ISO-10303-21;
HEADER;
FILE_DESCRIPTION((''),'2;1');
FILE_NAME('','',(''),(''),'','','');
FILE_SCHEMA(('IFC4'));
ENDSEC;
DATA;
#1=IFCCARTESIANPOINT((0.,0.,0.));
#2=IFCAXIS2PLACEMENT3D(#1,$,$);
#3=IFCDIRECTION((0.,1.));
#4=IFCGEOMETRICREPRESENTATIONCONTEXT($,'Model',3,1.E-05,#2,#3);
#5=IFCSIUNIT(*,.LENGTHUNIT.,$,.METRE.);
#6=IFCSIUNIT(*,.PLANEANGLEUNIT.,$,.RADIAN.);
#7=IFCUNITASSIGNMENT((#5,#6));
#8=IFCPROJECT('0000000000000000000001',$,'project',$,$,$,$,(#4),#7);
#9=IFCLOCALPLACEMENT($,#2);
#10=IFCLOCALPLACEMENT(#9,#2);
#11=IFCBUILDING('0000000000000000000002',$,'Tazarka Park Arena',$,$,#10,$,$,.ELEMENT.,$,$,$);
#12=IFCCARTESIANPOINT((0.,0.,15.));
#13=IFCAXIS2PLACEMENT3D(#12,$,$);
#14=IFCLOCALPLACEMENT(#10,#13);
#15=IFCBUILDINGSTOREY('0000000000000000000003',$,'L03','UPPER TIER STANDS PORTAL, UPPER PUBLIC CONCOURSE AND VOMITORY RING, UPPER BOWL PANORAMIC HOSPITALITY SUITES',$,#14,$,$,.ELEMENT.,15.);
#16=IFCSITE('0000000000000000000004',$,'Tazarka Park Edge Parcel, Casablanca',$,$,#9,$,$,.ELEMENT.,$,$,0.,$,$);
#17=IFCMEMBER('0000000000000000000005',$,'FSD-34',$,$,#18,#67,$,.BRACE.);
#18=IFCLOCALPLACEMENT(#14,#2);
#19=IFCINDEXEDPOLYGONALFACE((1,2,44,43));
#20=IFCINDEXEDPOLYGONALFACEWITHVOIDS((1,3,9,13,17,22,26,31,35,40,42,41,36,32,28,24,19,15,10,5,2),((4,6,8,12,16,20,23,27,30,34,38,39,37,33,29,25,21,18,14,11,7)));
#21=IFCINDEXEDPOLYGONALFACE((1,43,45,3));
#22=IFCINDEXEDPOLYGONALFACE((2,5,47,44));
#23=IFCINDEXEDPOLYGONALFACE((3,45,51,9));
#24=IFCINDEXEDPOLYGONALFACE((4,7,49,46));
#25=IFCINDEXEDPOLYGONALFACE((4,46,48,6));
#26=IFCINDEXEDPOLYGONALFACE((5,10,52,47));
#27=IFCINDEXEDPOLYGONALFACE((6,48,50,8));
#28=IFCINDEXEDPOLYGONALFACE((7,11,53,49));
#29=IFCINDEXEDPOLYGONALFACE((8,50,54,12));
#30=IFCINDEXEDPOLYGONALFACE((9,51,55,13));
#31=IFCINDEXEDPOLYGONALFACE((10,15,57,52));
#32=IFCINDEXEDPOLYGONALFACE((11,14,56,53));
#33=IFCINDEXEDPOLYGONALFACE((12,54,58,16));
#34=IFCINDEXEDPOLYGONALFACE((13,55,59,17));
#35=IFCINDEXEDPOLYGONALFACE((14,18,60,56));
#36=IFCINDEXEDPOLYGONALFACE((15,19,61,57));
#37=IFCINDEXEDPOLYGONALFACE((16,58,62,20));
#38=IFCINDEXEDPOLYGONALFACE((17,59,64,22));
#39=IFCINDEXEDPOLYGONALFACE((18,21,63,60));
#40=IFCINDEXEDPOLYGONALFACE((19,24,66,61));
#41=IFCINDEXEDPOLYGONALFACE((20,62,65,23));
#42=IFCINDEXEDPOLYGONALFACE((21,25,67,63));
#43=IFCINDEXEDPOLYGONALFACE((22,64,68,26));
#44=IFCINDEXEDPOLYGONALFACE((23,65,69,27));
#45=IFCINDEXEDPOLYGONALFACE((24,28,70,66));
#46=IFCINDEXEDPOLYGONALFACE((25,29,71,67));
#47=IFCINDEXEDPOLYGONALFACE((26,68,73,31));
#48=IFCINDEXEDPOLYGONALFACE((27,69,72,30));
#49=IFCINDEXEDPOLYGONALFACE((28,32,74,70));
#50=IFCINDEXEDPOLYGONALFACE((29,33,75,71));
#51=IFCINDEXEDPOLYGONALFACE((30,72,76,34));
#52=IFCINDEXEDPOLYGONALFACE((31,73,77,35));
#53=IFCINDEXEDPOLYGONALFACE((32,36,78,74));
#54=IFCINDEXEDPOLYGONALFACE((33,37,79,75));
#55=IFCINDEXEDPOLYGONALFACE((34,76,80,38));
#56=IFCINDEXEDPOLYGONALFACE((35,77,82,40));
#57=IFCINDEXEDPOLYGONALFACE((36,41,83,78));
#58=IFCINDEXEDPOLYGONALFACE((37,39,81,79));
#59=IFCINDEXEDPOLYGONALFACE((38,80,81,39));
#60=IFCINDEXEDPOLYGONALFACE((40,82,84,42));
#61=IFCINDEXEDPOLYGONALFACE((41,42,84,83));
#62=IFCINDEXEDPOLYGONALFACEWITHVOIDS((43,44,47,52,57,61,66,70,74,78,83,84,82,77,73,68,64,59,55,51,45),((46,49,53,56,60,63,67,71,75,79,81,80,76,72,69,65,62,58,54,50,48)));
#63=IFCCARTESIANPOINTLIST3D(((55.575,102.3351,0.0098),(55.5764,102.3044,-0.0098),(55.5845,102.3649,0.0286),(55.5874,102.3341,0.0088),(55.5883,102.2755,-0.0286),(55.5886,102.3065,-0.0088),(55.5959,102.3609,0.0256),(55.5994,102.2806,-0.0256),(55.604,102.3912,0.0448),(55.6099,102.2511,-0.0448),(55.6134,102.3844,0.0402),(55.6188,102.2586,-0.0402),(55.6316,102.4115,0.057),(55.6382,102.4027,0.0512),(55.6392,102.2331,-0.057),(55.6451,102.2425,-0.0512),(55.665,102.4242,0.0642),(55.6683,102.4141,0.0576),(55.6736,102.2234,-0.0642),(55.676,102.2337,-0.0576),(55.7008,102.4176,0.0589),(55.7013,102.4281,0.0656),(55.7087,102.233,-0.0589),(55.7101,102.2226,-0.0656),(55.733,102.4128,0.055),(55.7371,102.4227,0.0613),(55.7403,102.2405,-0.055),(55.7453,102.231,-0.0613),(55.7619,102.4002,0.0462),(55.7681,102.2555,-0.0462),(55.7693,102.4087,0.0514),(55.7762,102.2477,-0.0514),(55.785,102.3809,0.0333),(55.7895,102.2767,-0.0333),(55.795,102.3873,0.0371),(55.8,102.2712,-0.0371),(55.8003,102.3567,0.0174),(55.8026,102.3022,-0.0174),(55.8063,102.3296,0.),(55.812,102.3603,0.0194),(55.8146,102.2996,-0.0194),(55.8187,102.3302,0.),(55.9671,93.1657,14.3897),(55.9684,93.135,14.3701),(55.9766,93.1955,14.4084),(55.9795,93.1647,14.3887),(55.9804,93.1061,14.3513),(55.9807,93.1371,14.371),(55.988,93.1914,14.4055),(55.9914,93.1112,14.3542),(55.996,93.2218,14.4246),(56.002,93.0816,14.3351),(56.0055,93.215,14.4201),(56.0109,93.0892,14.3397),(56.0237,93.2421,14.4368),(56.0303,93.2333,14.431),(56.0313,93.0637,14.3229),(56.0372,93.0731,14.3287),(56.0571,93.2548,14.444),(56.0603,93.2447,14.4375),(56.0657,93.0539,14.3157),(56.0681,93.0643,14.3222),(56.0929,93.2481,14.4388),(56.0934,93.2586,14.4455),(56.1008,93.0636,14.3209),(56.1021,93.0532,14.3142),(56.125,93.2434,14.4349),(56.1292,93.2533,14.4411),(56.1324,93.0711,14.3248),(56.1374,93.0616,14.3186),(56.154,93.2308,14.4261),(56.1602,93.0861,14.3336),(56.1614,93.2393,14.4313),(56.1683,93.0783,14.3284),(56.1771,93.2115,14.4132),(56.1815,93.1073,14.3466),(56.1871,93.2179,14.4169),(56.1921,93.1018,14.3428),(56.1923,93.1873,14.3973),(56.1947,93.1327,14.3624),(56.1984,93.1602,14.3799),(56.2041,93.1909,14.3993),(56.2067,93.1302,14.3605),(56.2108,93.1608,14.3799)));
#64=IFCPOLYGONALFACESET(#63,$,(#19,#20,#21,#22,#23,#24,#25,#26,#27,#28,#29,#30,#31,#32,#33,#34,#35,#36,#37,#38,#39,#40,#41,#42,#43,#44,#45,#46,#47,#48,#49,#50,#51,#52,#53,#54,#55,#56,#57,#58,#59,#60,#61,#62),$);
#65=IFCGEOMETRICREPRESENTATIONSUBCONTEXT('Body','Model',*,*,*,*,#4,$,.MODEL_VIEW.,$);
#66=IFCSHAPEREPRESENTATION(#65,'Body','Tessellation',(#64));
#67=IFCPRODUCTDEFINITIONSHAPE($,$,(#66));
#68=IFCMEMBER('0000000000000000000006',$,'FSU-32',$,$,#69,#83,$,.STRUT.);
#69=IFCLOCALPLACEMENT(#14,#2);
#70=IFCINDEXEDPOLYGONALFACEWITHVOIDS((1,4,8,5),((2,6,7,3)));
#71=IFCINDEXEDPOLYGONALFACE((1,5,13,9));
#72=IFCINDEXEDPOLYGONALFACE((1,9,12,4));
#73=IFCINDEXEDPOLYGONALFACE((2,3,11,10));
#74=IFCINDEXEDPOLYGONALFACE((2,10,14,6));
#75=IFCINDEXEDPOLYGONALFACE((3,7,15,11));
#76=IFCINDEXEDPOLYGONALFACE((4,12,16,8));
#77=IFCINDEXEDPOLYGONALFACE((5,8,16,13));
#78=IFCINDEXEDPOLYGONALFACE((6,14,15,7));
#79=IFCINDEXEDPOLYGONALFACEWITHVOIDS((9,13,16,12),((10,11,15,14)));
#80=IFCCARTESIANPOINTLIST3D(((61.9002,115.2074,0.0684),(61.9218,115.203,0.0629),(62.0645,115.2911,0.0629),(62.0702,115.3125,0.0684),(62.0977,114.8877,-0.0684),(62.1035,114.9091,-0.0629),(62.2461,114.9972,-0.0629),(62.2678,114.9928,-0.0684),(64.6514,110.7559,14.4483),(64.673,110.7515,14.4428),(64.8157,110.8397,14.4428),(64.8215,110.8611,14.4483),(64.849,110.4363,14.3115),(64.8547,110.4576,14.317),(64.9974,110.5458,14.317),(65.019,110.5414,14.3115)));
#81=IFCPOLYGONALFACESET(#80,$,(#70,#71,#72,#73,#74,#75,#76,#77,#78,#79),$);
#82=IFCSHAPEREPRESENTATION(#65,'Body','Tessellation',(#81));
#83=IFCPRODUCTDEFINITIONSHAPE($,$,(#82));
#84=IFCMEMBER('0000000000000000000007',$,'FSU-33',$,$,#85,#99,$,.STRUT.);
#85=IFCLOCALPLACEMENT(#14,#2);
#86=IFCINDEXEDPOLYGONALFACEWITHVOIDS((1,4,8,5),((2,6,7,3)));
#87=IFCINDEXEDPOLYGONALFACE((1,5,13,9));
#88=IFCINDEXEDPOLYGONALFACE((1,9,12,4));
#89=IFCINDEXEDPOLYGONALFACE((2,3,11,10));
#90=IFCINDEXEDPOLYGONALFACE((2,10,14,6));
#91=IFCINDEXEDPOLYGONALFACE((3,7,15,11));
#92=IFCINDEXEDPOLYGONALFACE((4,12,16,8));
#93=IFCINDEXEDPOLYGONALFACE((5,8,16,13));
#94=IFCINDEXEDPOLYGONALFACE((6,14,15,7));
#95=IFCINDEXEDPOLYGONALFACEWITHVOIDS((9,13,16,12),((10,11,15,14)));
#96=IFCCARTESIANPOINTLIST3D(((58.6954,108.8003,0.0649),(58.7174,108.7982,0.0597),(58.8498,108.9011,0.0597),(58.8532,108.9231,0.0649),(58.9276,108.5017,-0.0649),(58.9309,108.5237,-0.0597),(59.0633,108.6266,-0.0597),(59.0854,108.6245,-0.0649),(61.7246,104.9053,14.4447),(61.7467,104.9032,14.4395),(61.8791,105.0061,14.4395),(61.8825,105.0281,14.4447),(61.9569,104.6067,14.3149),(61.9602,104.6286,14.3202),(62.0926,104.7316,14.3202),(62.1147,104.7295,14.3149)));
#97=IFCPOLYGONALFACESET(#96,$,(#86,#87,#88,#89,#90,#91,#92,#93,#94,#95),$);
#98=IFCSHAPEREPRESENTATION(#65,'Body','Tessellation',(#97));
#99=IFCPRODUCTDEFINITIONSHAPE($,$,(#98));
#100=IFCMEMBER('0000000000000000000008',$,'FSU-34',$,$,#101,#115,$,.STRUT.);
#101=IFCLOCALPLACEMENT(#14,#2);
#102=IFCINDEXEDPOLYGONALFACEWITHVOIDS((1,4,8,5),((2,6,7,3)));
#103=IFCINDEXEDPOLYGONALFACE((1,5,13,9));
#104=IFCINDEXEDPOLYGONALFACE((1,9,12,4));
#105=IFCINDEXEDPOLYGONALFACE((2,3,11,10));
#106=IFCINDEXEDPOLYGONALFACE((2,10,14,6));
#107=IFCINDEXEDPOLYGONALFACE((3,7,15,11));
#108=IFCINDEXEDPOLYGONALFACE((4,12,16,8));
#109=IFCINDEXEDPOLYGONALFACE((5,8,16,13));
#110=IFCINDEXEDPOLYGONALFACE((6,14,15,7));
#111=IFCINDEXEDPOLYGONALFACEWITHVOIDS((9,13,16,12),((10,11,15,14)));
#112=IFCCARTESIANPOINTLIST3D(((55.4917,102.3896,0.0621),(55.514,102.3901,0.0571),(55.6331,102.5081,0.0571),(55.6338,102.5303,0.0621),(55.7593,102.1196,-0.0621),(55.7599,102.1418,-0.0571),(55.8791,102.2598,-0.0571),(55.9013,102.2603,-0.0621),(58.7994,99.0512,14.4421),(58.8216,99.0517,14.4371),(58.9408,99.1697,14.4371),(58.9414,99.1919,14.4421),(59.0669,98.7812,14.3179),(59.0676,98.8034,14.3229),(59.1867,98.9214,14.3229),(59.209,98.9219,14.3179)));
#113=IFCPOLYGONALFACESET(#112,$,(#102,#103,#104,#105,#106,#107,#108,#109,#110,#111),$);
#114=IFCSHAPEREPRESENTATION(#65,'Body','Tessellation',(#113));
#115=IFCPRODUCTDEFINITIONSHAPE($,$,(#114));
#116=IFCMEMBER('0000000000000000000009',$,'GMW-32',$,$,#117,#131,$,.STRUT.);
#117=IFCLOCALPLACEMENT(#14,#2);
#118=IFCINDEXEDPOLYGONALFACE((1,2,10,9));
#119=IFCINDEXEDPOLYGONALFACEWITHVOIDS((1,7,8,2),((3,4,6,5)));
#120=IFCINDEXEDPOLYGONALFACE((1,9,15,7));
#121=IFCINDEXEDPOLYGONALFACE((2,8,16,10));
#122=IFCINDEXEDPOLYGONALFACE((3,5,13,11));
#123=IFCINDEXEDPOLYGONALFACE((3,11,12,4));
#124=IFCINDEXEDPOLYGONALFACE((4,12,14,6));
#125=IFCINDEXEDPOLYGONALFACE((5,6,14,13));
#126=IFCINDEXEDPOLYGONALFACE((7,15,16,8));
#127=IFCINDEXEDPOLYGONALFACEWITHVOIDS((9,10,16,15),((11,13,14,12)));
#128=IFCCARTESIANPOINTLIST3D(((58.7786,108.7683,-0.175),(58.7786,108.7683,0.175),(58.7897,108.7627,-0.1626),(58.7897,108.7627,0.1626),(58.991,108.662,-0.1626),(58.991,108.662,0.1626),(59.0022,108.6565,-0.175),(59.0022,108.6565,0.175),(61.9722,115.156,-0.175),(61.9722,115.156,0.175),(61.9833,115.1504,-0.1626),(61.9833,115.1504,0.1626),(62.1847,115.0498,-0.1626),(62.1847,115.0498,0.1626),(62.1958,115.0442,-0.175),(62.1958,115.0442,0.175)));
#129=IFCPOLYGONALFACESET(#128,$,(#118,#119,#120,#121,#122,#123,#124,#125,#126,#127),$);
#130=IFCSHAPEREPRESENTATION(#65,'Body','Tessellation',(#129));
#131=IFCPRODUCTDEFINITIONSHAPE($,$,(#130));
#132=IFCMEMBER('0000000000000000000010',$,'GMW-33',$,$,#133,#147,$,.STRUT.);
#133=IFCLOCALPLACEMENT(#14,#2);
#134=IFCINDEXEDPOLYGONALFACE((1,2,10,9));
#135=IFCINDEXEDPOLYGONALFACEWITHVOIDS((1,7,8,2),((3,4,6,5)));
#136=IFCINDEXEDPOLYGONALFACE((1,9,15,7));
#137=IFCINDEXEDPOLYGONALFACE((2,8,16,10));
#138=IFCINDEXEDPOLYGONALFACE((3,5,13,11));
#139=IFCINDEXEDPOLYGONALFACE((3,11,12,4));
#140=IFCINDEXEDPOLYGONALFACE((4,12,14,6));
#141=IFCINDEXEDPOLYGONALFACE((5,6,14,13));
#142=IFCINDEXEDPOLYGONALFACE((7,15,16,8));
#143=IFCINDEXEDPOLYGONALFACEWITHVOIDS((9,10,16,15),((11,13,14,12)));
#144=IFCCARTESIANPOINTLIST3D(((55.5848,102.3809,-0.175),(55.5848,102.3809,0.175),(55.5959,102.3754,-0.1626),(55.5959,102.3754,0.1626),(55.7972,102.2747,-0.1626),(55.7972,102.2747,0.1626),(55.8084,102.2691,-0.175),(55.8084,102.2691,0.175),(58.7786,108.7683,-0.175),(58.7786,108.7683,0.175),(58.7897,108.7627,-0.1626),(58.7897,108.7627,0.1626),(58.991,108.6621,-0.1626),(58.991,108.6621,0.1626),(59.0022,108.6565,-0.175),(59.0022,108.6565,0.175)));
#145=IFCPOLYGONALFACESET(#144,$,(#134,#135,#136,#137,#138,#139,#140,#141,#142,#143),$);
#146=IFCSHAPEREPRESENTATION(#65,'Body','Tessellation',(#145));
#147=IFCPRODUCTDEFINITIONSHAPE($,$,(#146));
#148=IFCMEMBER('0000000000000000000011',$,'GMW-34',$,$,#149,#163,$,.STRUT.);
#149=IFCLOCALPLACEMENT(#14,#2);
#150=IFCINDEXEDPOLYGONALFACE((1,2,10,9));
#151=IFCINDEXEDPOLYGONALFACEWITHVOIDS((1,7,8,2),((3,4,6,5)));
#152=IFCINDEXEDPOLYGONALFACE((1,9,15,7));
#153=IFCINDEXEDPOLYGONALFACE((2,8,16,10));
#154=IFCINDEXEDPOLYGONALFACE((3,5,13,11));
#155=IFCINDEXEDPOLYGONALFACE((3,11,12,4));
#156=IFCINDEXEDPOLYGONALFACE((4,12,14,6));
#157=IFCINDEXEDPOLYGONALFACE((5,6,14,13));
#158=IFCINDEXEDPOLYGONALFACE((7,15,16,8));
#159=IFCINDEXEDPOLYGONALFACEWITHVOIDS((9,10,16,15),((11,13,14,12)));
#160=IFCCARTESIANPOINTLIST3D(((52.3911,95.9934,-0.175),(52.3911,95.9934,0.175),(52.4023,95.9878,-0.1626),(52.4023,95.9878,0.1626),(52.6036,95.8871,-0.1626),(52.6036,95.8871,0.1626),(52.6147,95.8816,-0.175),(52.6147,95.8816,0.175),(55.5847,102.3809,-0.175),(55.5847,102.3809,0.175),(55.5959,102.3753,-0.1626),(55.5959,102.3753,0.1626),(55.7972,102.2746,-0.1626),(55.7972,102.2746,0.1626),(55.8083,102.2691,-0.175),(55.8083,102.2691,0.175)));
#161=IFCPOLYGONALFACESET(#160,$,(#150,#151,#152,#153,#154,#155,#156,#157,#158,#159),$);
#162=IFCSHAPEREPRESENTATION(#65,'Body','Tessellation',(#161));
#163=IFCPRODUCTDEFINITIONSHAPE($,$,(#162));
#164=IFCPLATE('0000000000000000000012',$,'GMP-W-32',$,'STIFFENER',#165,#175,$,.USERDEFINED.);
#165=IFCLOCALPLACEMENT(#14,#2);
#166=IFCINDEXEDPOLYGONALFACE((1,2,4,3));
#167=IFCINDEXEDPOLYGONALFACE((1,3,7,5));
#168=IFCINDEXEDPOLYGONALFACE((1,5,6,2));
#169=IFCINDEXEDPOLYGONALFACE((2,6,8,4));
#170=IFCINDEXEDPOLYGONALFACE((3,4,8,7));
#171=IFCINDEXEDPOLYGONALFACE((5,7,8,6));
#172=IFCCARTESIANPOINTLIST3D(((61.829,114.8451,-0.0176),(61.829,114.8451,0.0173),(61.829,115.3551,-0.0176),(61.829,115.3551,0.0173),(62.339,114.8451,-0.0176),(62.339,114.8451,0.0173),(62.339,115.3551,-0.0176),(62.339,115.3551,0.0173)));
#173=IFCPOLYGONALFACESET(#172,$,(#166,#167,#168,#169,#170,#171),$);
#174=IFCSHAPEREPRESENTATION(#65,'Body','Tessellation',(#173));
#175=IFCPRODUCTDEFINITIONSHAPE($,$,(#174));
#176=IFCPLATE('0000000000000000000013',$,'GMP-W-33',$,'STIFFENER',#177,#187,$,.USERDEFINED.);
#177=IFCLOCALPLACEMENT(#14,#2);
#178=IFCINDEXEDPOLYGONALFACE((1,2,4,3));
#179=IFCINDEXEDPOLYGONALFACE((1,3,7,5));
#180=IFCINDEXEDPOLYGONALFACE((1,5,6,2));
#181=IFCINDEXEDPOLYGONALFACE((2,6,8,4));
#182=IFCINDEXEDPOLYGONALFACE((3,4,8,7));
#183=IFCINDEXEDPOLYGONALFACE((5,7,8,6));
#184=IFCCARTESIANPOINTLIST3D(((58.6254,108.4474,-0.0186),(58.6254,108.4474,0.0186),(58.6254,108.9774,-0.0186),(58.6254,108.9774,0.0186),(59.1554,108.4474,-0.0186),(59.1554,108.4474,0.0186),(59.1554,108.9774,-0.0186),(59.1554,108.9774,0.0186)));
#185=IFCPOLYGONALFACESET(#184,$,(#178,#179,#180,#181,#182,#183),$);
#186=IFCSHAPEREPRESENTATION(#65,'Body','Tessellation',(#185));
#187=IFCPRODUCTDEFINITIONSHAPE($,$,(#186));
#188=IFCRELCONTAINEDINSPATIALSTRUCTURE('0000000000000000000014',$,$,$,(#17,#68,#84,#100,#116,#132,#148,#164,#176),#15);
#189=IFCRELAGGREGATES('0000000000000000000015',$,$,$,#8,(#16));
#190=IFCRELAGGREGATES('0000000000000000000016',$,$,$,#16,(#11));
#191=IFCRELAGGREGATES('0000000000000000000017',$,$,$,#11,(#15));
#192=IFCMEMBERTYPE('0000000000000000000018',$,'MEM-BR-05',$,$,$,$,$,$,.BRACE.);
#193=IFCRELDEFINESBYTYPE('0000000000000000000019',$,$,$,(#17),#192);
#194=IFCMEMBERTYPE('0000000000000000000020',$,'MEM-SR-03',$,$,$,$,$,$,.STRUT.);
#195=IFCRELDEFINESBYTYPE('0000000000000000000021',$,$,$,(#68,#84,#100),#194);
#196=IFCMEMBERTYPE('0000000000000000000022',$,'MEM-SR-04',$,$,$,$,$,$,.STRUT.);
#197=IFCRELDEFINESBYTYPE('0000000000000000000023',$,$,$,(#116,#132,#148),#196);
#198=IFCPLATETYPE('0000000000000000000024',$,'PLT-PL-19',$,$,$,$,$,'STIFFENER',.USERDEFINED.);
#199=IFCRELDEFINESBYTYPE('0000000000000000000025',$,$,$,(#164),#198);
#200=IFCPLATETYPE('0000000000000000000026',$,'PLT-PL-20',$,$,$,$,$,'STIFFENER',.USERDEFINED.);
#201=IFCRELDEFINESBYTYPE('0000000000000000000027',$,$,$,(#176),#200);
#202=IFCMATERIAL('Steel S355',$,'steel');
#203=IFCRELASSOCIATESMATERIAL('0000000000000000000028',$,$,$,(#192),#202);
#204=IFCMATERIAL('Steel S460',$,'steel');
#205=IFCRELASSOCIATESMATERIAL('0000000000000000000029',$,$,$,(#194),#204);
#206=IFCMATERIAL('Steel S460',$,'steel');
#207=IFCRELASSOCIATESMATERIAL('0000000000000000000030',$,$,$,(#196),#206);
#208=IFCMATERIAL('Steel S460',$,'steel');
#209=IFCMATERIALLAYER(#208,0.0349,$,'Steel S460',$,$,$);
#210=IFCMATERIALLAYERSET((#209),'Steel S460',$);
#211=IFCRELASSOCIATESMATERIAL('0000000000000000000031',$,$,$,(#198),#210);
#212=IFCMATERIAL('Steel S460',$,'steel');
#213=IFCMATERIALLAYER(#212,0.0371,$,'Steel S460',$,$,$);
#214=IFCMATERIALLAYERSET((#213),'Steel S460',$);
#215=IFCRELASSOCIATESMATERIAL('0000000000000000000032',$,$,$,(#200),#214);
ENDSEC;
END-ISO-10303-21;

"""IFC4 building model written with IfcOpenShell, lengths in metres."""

from ifc_helpers import new_model, si_unit, direction, frame, origin, origin_2d, place, context, subcontext, project, spatial, rectangle, hollow_rectangle, hollow_circle, extrude, material, layer, layer_set, material_profile, profile_set, type_object, element, save


model = new_model("IFC4")

# Units and contexts
model_context = context("Model", 3, precision=1e-05, world=origin(), true_north=direction((0.0, 1.0)))
body_context = subcontext(model_context, "Body", "Model", "MODEL_VIEW")
ifc_project = project(units=[si_unit("LENGTHUNIT", "METRE"), si_unit("PLANEANGLEUNIT", "RADIAN")], contexts=[model_context])

# Site, building, storey
site_placement = place(None, origin())
site = spatial("IfcSite", under=ifc_project, at=site_placement, Name="Tazarka Park Edge Parcel, Casablanca", CompositionType="ELEMENT", RefElevation=0.0)
building_placement = place(site_placement, origin())
building = spatial("IfcBuilding", under=site, at=building_placement, Name="Tazarka Park Arena", CompositionType="ELEMENT")
storey_placement = place(building_placement, frame((0.0, 0.0, 15.0)))
storey = spatial("IfcBuildingStorey", under=building, at=storey_placement, Name="L03", Description="UPPER TIER STANDS PORTAL, UPPER PUBLIC CONCOURSE AND VOMITORY RING, UPPER BOWL PANORAMIC HOSPITALITY SUITES", CompositionType="ELEMENT", Elevation=15.0)

# Members
ifc_material_1 = material(Name="Steel S355", Category="steel")
ifc_material_profile_1 = material_profile(ifc_material_1, hollow_circle(Radius=0.1223, WallThickness=0.0125, at=origin_2d()), Name="Steel S355")
ifc_profile_set_1 = profile_set([ifc_material_profile_1], Name="Steel S355")
member_type_1 = type_object("IfcMemberType", Name="MEM-BR-05", PredefinedType="BRACE", material=ifc_profile_set_1)
member_1_placement = place(storey_placement, frame((55.6965, 102.325, 0.0), z_axis=(0.022984, -0.537509, 0.842944), x_axis=(0.999087, 0.042721, 0.0)))
element("IfcMember", 1, at=member_1_placement, inside=storey, type_object=member_type_1, Name="FSD-34", PredefinedType="BRACE", context=body_context, shape_type="SweptSolid", body=[
    extrude(hollow_circle(Radius=0.1223, WallThickness=0.0125, at=origin_2d()), origin(), (0.0, 0.0, 1.0), 17.0591),
])
ifc_material_2 = material(Name="Steel S460", Category="steel")
ifc_material_profile_2 = material_profile(ifc_material_2, hollow_rectangle(XDim=0.2, YDim=0.3999, WallThickness=0.0161, at=origin_2d()), Name="Steel S460")
ifc_profile_set_2 = profile_set([ifc_material_profile_2], Name="Steel S460")
member_type_2 = type_object("IfcMemberType", Name="MEM-SR-03", PredefinedType="STRUT", material=ifc_profile_set_2)
member_2_placement = place(storey_placement, frame((62.084, 115.1001, 0.0), z_axis=(0.179789, -0.290895, 0.93971), x_axis=(0.850643, 0.525744, 0.0)))
element("IfcMember", 2, at=member_2_placement, inside=storey, type_object=member_type_2, Name="FSU-32", PredefinedType="STRUT", context=body_context, shape_type="SweptSolid", body=[
    extrude(hollow_rectangle(XDim=0.2, YDim=0.3999, WallThickness=0.0161, at=origin_2d()), origin(), (0.0, 0.0, 1.0), 15.3025),
])
member_3_placement = place(storey_placement, frame((58.8904, 108.7124, 0.0), z_axis=(0.199258, -0.256202, 0.945863), x_axis=(0.789368, 0.61392, 0.0)))
element("IfcMember", 3, at=member_3_placement, inside=storey, type_object=member_type_2, Name="FSU-33", PredefinedType="STRUT", context=body_context, shape_type="SweptSolid", body=[
    extrude(hollow_rectangle(XDim=0.2, YDim=0.3999, WallThickness=0.0161, at=origin_2d()), origin(), (0.0, 0.0, 1.0), 15.2029),
])
member_4_placement = place(storey_placement, frame((55.6965, 102.325, 0.0), z_axis=(0.218637, -0.220671, 0.950527), x_axis=(0.710372, 0.703826, 0.0)))
element("IfcMember", 4, at=member_4_placement, inside=storey, type_object=member_type_2, Name="FSU-34", PredefinedType="STRUT", context=body_context, shape_type="SweptSolid", body=[
    extrude(hollow_rectangle(XDim=0.2, YDim=0.3999, WallThickness=0.0161, at=origin_2d()), origin(), (0.0, 0.0, 1.0), 15.1284),
])
ifc_material_3 = material(Name="Steel S460", Category="steel")
ifc_material_profile_3 = material_profile(ifc_material_3, hollow_rectangle(XDim=0.25, YDim=0.3501, WallThickness=0.0125, at=origin_2d()), Name="Steel S460")
ifc_profile_set_3 = profile_set([ifc_material_profile_3], Name="Steel S460")
member_type_3 = type_object("IfcMemberType", Name="MEM-SR-04", PredefinedType="STRUT", material=ifc_profile_set_3)
member_5_placement = place(storey_placement, frame((62.084, 115.1001, 0.0), z_axis=(-0.447186, -0.894441, 0.0), x_axis=(0.894441, -0.447186, 0.0)))
element("IfcMember", 5, at=member_5_placement, inside=storey, type_object=member_type_3, Name="GMW-32", PredefinedType="STRUT", context=body_context, shape_type="SweptSolid", body=[
    extrude(hollow_rectangle(XDim=0.25, YDim=0.3501, WallThickness=0.0125, at=origin_2d()), origin(), (0.0, 0.0, 1.0), 7.1416),
])
for number, where, z_axis, x_axis, name in (
    (6, (58.8904, 108.7124, 0.0), (-0.447227, -0.89442, 0.0), (0.89442, -0.447227, 0.0), "GMW-33"),
    (7, (55.6965, 102.325, 0.0), (-0.4472, -0.894434, 0.0), (0.894434, -0.4472, 0.0), "GMW-34"),
):
    element("IfcMember", number, at=place(storey_placement, frame(where, z_axis=z_axis, x_axis=x_axis)), inside=storey, type_object=member_type_3, Name=name, PredefinedType="STRUT", context=body_context, shape_type="SweptSolid", body=[
        extrude(hollow_rectangle(XDim=0.25, YDim=0.3501, WallThickness=0.0125, at=origin_2d()), origin(), (0.0, 0.0, 1.0), 7.1414),
    ])

# Plates
ifc_material_4 = material(Name="Steel S460", Category="steel")
ifc_layer_1 = layer(ifc_material_4, 0.0349, Name="Steel S460")
ifc_layer_set_1 = layer_set([ifc_layer_1], Name="Steel S460")
plate_type_1 = type_object("IfcPlateType", Name="PLT-PL-19", ElementType="STIFFENER", PredefinedType="USERDEFINED", material=ifc_layer_set_1)
plate_1_placement = place(storey_placement, frame((62.084, 115.1001, -0.0176), z_axis=(0.0, 0.0, 1.0), x_axis=(1.0, 0.0, 0.0)))
element("IfcPlate", 8, at=plate_1_placement, inside=storey, type_object=plate_type_1, Name="GMP-W-32", ObjectType="STIFFENER", PredefinedType="USERDEFINED", context=body_context, shape_type="SweptSolid", body=[
    extrude(rectangle(XDim=0.51, YDim=0.51, at=origin_2d()), origin(), (0.0, 0.0, 1.0), 0.0349),
])
ifc_material_5 = material(Name="Steel S460", Category="steel")
ifc_layer_2 = layer(ifc_material_5, 0.0371, Name="Steel S460")
ifc_layer_set_2 = layer_set([ifc_layer_2], Name="Steel S460")
plate_type_2 = type_object("IfcPlateType", Name="PLT-PL-20", ElementType="STIFFENER", PredefinedType="USERDEFINED", material=ifc_layer_set_2)
plate_2_placement = place(storey_placement, frame((58.8904, 108.7124, -0.0186), z_axis=(0.0, 0.0, 1.0), x_axis=(1.0, 0.0, 0.0)))
element("IfcPlate", 9, at=plate_2_placement, inside=storey, type_object=plate_type_2, Name="GMP-W-33", ObjectType="STIFFENER", PredefinedType="USERDEFINED", context=body_context, shape_type="SweptSolid", body=[
    extrude(rectangle(XDim=0.53, YDim=0.53, at=origin_2d()), origin(), (0.0, 0.0, 1.0), 0.0371),
])

save(model, "model.ifc")
